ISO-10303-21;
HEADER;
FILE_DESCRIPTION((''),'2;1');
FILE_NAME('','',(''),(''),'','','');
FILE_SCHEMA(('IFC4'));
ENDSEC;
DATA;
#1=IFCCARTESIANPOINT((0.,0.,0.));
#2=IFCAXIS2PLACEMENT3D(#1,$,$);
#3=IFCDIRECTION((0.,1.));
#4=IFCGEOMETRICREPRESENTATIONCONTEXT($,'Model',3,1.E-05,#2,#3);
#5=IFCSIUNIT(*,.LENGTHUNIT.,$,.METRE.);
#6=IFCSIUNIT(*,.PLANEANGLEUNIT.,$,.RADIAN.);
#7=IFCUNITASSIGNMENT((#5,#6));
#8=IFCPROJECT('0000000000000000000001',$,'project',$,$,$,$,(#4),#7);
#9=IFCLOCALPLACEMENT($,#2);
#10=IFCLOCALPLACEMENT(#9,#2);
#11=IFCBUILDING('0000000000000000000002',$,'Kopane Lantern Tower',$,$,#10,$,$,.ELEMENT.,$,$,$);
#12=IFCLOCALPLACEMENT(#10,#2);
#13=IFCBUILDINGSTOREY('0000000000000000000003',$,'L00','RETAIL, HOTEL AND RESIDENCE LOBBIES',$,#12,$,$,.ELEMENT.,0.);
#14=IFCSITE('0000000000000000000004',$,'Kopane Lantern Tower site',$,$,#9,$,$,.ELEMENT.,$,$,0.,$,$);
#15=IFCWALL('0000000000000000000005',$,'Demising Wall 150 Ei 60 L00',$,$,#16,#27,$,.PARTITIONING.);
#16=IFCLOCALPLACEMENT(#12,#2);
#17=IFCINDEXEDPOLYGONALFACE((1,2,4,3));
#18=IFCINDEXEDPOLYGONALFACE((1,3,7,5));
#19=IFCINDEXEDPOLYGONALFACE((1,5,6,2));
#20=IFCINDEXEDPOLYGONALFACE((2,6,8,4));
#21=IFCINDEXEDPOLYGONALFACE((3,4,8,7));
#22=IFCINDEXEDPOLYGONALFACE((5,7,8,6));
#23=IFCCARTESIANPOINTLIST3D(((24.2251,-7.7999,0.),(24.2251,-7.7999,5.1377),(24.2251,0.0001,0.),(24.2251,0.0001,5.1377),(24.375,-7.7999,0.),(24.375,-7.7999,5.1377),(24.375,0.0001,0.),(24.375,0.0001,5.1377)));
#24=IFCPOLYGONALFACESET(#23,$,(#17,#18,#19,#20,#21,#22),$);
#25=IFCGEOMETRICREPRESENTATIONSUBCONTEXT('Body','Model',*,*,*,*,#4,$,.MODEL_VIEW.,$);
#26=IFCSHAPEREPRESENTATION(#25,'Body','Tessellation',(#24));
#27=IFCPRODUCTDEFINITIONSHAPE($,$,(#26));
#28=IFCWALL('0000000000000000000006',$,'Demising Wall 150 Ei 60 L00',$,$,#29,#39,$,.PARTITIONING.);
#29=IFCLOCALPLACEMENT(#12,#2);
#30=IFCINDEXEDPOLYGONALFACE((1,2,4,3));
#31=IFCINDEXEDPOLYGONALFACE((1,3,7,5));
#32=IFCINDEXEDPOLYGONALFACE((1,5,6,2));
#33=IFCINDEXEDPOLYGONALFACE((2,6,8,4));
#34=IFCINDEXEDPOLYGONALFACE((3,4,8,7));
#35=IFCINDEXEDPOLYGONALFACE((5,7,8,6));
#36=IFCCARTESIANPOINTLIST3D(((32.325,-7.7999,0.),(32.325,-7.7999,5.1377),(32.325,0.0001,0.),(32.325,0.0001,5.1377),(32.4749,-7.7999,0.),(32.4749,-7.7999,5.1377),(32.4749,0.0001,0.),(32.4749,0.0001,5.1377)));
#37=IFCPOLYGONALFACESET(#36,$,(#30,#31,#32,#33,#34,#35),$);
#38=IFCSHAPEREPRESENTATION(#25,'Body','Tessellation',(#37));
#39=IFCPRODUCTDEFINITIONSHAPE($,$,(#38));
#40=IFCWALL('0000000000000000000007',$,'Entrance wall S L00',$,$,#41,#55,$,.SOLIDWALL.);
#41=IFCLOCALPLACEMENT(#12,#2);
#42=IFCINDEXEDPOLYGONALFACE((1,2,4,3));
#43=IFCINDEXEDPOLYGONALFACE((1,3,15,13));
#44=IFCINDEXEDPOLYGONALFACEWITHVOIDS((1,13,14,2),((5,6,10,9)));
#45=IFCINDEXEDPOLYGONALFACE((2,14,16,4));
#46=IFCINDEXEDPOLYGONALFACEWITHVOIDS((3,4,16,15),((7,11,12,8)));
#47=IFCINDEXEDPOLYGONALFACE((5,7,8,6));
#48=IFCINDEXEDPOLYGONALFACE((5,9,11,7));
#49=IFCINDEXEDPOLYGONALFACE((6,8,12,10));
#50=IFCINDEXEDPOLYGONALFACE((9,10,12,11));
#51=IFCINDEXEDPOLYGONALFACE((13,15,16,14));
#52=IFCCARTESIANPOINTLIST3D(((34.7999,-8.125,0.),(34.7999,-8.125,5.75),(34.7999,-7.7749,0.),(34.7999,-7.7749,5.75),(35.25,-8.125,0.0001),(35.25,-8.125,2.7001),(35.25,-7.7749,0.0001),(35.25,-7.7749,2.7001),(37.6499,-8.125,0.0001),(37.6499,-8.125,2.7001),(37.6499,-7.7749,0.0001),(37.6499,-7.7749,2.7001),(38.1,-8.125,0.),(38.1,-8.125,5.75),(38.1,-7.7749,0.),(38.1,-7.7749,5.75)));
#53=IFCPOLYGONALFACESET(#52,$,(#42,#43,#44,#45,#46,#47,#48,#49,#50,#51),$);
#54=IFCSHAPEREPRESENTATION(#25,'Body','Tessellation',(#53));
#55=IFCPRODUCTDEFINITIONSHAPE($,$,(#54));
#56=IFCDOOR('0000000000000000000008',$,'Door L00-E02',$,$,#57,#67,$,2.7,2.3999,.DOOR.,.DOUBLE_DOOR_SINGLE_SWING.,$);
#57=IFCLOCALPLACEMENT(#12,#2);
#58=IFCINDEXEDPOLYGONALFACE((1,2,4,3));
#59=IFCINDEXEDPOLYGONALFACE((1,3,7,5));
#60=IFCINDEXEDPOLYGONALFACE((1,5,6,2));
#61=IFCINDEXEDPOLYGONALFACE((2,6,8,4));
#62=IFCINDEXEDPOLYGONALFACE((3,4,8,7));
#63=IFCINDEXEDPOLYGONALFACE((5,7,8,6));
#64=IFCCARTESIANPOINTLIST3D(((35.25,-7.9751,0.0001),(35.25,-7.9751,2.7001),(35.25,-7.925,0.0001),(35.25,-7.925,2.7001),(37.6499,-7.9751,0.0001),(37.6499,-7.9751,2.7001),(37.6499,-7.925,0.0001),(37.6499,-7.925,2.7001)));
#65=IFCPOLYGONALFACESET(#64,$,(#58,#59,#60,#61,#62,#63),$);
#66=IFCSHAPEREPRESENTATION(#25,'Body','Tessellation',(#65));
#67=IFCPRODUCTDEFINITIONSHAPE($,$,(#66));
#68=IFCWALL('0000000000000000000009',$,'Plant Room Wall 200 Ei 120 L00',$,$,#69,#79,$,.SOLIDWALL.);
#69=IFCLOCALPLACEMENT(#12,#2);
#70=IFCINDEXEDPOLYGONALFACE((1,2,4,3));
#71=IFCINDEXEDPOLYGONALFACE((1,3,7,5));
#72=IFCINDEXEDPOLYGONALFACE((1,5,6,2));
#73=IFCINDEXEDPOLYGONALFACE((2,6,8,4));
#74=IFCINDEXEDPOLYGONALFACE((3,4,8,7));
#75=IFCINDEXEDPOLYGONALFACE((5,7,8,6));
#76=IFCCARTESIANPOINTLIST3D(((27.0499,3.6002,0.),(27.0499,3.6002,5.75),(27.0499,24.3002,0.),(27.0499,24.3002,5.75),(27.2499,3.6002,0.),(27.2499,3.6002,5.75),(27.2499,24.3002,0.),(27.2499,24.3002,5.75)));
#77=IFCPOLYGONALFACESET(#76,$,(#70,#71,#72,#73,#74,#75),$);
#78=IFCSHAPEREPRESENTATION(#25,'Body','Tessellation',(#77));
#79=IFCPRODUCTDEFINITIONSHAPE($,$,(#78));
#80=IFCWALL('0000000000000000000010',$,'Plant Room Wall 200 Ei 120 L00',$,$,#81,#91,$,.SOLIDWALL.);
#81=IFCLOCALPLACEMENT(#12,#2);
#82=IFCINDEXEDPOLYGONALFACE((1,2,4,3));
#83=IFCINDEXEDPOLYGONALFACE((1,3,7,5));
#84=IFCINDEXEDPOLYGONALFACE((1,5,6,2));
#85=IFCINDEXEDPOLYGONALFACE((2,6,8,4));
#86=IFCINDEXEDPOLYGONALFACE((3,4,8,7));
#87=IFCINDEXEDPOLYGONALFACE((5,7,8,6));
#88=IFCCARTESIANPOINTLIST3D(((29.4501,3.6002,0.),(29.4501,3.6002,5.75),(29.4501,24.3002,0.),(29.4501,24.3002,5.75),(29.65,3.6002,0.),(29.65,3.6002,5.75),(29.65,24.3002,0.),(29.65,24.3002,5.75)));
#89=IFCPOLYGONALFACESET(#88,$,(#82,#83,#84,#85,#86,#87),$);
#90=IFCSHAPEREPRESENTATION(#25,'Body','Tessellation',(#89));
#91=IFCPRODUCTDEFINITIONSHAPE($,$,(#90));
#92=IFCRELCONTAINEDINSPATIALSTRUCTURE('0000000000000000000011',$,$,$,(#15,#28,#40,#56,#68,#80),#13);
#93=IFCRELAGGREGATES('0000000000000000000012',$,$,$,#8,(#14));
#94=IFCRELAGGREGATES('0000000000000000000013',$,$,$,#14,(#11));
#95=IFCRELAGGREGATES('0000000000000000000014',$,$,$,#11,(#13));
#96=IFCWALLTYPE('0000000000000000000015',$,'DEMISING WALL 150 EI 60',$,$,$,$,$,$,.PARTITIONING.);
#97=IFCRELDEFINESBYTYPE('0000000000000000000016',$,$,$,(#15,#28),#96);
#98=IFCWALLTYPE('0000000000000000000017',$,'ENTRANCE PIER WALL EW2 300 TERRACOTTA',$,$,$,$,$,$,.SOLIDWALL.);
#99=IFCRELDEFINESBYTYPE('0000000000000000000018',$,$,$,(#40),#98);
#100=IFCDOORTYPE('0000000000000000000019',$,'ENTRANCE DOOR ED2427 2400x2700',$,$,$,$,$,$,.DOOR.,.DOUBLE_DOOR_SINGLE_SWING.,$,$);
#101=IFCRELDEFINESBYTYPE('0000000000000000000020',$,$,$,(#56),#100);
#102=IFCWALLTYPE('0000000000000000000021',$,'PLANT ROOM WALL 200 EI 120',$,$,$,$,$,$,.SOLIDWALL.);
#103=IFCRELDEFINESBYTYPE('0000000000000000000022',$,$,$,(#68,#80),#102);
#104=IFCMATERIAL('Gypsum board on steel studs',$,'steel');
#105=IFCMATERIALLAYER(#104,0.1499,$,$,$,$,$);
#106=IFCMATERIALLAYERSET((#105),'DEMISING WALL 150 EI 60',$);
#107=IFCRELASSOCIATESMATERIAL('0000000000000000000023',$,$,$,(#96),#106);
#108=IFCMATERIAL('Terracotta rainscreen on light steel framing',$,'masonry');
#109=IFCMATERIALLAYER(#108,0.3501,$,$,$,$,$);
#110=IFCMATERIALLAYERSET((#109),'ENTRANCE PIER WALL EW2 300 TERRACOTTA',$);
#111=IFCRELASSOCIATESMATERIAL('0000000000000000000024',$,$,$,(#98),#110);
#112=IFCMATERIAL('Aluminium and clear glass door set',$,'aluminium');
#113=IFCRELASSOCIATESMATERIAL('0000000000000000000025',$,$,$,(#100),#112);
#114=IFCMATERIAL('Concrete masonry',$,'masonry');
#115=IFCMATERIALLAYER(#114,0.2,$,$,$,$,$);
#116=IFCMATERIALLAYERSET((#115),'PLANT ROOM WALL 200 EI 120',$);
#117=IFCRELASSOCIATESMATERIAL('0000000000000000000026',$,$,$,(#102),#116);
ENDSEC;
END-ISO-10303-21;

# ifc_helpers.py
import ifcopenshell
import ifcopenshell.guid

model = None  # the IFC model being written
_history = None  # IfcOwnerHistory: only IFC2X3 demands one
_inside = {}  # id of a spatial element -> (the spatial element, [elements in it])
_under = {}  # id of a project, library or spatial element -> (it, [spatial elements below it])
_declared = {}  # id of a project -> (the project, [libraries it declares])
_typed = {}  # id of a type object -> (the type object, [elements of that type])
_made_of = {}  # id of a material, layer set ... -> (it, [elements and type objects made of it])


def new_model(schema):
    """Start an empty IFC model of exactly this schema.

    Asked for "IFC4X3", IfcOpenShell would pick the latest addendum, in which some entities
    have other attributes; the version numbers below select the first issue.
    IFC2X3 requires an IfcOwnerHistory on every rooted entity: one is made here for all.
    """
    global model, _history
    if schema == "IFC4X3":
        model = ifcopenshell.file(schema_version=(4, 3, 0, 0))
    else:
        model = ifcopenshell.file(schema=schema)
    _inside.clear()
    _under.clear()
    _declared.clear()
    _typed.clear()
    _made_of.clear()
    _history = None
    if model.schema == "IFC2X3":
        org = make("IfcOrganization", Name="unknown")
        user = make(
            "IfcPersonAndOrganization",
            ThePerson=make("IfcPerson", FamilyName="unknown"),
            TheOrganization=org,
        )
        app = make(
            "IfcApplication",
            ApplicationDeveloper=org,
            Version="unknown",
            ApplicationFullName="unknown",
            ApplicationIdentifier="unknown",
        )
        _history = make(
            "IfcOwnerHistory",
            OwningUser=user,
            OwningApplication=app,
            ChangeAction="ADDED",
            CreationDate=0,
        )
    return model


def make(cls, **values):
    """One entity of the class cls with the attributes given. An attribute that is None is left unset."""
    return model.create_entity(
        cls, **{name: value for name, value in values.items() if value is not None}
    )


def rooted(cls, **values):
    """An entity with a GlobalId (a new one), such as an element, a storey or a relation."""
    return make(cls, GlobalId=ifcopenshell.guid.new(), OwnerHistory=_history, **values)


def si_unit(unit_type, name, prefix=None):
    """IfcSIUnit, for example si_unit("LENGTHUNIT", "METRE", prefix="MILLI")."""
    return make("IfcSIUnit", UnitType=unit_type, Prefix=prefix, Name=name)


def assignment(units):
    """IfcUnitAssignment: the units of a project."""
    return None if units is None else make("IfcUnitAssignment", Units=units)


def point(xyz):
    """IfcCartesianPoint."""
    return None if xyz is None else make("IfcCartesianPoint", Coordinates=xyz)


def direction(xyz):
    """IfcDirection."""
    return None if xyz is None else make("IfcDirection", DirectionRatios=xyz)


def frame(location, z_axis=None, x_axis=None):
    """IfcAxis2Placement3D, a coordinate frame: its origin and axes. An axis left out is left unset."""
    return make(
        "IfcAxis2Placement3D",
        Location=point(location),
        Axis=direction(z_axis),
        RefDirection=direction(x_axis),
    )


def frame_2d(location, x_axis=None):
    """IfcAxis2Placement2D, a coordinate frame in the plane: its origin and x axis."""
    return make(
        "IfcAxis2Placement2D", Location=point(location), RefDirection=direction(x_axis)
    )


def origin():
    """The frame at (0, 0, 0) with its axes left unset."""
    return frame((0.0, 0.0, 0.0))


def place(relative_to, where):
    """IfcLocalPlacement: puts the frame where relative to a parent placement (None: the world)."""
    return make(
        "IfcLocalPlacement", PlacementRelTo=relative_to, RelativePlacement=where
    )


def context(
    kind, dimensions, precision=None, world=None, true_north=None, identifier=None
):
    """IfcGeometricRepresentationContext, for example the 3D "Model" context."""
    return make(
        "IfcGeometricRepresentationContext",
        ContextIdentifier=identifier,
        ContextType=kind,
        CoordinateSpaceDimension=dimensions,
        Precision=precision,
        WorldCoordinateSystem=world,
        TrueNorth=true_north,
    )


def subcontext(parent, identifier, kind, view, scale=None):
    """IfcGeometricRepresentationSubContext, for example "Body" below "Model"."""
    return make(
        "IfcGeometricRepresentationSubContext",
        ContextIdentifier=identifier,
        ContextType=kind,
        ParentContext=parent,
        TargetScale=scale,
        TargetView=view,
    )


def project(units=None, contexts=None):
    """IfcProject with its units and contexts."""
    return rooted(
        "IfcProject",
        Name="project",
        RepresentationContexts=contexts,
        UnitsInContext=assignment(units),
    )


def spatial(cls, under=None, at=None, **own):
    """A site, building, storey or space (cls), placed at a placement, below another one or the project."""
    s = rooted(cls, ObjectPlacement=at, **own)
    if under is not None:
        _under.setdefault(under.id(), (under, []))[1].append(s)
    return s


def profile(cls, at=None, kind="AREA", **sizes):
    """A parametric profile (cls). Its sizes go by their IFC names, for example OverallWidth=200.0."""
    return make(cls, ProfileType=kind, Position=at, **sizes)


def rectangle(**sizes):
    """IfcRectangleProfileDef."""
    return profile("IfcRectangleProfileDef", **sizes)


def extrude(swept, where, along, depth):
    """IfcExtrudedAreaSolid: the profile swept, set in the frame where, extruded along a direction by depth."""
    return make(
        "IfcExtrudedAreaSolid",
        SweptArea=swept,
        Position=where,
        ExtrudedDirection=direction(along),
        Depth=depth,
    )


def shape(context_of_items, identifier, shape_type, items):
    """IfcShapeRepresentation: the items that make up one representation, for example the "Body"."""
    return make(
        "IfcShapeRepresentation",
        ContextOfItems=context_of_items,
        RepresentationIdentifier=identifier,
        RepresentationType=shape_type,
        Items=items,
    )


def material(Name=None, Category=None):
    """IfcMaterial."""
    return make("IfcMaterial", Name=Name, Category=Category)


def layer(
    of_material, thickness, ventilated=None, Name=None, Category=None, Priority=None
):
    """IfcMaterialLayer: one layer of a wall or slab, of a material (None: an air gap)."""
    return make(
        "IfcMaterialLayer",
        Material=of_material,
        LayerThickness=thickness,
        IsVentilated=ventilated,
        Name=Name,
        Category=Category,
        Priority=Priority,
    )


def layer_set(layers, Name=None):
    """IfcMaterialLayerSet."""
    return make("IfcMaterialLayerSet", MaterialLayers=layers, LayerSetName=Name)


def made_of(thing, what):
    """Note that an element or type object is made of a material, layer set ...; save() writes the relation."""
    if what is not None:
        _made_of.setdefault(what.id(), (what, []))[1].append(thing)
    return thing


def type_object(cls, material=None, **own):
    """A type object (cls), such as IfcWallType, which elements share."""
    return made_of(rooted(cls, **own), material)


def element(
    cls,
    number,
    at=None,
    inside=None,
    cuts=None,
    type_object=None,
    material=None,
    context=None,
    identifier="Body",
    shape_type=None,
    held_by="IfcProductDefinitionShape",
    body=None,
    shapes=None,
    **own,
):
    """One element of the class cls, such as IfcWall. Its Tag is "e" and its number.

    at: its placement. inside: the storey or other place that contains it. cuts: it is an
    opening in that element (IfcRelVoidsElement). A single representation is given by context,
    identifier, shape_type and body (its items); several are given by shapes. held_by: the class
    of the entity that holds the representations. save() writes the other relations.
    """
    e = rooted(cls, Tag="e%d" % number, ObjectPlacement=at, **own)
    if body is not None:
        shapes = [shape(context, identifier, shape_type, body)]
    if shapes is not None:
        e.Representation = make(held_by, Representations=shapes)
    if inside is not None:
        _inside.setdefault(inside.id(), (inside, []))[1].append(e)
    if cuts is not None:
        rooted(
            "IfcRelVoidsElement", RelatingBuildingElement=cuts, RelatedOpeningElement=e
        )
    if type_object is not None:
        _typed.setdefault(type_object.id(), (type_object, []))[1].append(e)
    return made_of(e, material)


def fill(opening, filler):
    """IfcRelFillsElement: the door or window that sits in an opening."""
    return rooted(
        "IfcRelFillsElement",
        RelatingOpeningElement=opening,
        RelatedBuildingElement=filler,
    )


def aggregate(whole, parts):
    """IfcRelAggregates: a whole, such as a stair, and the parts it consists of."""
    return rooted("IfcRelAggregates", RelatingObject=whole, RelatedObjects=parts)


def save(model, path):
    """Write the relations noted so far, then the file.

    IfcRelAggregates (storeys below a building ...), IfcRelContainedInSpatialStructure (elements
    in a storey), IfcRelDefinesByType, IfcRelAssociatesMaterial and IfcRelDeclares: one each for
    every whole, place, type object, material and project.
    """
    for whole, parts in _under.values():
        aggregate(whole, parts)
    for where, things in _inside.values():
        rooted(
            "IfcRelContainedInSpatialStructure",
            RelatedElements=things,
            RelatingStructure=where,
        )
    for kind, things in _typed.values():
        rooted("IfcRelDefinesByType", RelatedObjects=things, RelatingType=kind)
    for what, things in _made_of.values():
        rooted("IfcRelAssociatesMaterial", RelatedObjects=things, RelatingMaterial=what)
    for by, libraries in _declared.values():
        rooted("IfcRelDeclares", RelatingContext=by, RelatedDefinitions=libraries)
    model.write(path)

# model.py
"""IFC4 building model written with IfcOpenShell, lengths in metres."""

from ifc_helpers import new_model, si_unit, direction, frame, frame_2d, origin, place, context, subcontext, project, spatial, rectangle, extrude, material, layer, layer_set, type_object, element, fill, save


model = new_model("IFC4")

# Units and contexts
model_context = context("Model", 3, precision=1e-05, world=origin(), true_north=direction((0.0, 1.0)))
body_context = subcontext(model_context, "Body", "Model", "MODEL_VIEW")
ifc_project = project(units=[si_unit("LENGTHUNIT", "METRE"), si_unit("PLANEANGLEUNIT", "RADIAN")], contexts=[model_context])

# Site, building, storey
site_placement = place(None, origin())
site = spatial("IfcSite", under=ifc_project, at=site_placement, Name="Kopane Lantern Tower site", CompositionType="ELEMENT", RefElevation=0.0)
building_placement = place(site_placement, origin())
building = spatial("IfcBuilding", under=site, at=building_placement, Name="Kopane Lantern Tower", CompositionType="ELEMENT")
storey_placement = place(building_placement, origin())
storey = spatial("IfcBuildingStorey", under=building, at=storey_placement, Name="L00", Description="RETAIL, HOTEL AND RESIDENCE LOBBIES", CompositionType="ELEMENT", Elevation=0.0)

# Walls
ifc_material_1 = material(Name="Gypsum board on steel studs", Category="steel")
ifc_layer_1 = layer(ifc_material_1, 0.1499)
ifc_layer_set_1 = layer_set([ifc_layer_1], Name="DEMISING WALL 150 EI 60")
wall_type_1 = type_object("IfcWallType", Name="DEMISING WALL 150 EI 60", PredefinedType="PARTITIONING", material=ifc_layer_set_1)
for number, where, z_axis, x_axis, name in (
    (1, (24.3, 0.0, 0.0), (0.0, 0.0, 1.0), (0.0, -1.0, 0.0), "Demising Wall 150 Ei 60 L00"),
    (2, (32.3999, 0.0, 0.0), (0.0, 0.0, 1.0), (0.0, -1.0, 0.0), "Demising Wall 150 Ei 60 L00"),
):
    element("IfcWall", number, at=place(storey_placement, frame(where, z_axis=z_axis, x_axis=x_axis)), inside=storey, type_object=wall_type_1, Name=name, PredefinedType="PARTITIONING", context=body_context, shape_type="SweptSolid", body=[
        extrude(rectangle(XDim=7.8, YDim=0.1499, at=frame_2d((3.8999, 0.0))), origin(), (0.0, 0.0, 1.0), 5.1377),
    ])

# Wall, opening, door
ifc_material_2 = material(Name="Terracotta rainscreen on light steel framing", Category="masonry")
ifc_layer_2 = layer(ifc_material_2, 0.3501)
ifc_layer_set_2 = layer_set([ifc_layer_2], Name="ENTRANCE PIER WALL EW2 300 TERRACOTTA")
wall_type_2 = type_object("IfcWallType", Name="ENTRANCE PIER WALL EW2 300 TERRACOTTA", PredefinedType="SOLIDWALL", material=ifc_layer_set_2)
wall_1_placement = place(storey_placement, frame((34.8, -7.95, 0.0), z_axis=(0.0, 0.0, 1.0), x_axis=(1.0, 0.0, 0.0)))
wall_1 = element("IfcWall", 3, at=wall_1_placement, inside=storey, type_object=wall_type_2, Name="Entrance wall S L00", PredefinedType="SOLIDWALL", context=body_context, shape_type="SweptSolid", body=[
    extrude(rectangle(XDim=3.3, YDim=0.3501, at=frame_2d((1.6499, 0.0))), origin(), (0.0, 0.0, 1.0), 5.75),
])
opening_1_placement = place(wall_1_placement, frame((0.45, 0.0, 0.0)))
opening_1 = element("IfcOpeningElement", 4, at=opening_1_placement, cuts=wall_1, PredefinedType="OPENING", context=body_context, shape_type="SweptSolid", body=[
    extrude(rectangle(XDim=2.3999, YDim=2.7, at=frame_2d((1.2, 1.3501))), frame((0.0, 0.1851, 0.0), z_axis=(0.0, -1.0, 0.0), x_axis=(1.0, 0.0, 0.0)), (0.0, 0.0, 1.0), 0.3701),
])
ifc_material_3 = material(Name="Aluminium and clear glass door set", Category="aluminium")
door_type_1 = type_object("IfcDoorType", Name="ENTRANCE DOOR ED2427 2400x2700", OperationType="DOUBLE_DOOR_SINGLE_SWING", PredefinedType="DOOR", material=ifc_material_3)
door_1_placement = place(opening_1_placement, origin())
door_1 = element("IfcDoor", 5, at=door_1_placement, inside=storey, type_object=door_type_1, Name="Door L00-E02", OperationType="DOUBLE_DOOR_SINGLE_SWING", OverallHeight=2.7, OverallWidth=2.3999, PredefinedType="DOOR", context=body_context, shape_type="SweptSolid", body=[
    extrude(rectangle(XDim=2.3999, YDim=2.7, at=frame_2d((1.2, 1.3501))), frame((0.0, 0.0249, 0.0), z_axis=(0.0, -1.0, 0.0), x_axis=(1.0, 0.0, 0.0)), (0.0, 0.0, 1.0), 0.05),
])
fill(opening_1, door_1)

# Walls
ifc_material_4 = material(Name="Concrete masonry", Category="masonry")
ifc_layer_3 = layer(ifc_material_4, 0.2)
ifc_layer_set_3 = layer_set([ifc_layer_3], Name="PLANT ROOM WALL 200 EI 120")
wall_type_3 = type_object("IfcWallType", Name="PLANT ROOM WALL 200 EI 120", PredefinedType="SOLIDWALL", material=ifc_layer_set_3)
for number, where, z_axis, x_axis, name in (
    (6, (27.1499, 3.6001, 0.0), (0.0, 0.0, 1.0), (0.0, 1.0, 0.0), "Plant Room Wall 200 Ei 120 L00"),
    (7, (29.55, 3.6001, 0.0), (0.0, 0.0, 1.0), (0.0, 1.0, 0.0), "Plant Room Wall 200 Ei 120 L00"),
):
    element("IfcWall", number, at=place(storey_placement, frame(where, z_axis=z_axis, x_axis=x_axis)), inside=storey, type_object=wall_type_3, Name=name, PredefinedType="SOLIDWALL", context=body_context, shape_type="SweptSolid", body=[
        extrude(rectangle(XDim=20.7, YDim=0.2, at=frame_2d((10.3501, 0.0))), origin(), (0.0, 0.0, 1.0), 5.75),
    ])

save(model, "model.ifc")
